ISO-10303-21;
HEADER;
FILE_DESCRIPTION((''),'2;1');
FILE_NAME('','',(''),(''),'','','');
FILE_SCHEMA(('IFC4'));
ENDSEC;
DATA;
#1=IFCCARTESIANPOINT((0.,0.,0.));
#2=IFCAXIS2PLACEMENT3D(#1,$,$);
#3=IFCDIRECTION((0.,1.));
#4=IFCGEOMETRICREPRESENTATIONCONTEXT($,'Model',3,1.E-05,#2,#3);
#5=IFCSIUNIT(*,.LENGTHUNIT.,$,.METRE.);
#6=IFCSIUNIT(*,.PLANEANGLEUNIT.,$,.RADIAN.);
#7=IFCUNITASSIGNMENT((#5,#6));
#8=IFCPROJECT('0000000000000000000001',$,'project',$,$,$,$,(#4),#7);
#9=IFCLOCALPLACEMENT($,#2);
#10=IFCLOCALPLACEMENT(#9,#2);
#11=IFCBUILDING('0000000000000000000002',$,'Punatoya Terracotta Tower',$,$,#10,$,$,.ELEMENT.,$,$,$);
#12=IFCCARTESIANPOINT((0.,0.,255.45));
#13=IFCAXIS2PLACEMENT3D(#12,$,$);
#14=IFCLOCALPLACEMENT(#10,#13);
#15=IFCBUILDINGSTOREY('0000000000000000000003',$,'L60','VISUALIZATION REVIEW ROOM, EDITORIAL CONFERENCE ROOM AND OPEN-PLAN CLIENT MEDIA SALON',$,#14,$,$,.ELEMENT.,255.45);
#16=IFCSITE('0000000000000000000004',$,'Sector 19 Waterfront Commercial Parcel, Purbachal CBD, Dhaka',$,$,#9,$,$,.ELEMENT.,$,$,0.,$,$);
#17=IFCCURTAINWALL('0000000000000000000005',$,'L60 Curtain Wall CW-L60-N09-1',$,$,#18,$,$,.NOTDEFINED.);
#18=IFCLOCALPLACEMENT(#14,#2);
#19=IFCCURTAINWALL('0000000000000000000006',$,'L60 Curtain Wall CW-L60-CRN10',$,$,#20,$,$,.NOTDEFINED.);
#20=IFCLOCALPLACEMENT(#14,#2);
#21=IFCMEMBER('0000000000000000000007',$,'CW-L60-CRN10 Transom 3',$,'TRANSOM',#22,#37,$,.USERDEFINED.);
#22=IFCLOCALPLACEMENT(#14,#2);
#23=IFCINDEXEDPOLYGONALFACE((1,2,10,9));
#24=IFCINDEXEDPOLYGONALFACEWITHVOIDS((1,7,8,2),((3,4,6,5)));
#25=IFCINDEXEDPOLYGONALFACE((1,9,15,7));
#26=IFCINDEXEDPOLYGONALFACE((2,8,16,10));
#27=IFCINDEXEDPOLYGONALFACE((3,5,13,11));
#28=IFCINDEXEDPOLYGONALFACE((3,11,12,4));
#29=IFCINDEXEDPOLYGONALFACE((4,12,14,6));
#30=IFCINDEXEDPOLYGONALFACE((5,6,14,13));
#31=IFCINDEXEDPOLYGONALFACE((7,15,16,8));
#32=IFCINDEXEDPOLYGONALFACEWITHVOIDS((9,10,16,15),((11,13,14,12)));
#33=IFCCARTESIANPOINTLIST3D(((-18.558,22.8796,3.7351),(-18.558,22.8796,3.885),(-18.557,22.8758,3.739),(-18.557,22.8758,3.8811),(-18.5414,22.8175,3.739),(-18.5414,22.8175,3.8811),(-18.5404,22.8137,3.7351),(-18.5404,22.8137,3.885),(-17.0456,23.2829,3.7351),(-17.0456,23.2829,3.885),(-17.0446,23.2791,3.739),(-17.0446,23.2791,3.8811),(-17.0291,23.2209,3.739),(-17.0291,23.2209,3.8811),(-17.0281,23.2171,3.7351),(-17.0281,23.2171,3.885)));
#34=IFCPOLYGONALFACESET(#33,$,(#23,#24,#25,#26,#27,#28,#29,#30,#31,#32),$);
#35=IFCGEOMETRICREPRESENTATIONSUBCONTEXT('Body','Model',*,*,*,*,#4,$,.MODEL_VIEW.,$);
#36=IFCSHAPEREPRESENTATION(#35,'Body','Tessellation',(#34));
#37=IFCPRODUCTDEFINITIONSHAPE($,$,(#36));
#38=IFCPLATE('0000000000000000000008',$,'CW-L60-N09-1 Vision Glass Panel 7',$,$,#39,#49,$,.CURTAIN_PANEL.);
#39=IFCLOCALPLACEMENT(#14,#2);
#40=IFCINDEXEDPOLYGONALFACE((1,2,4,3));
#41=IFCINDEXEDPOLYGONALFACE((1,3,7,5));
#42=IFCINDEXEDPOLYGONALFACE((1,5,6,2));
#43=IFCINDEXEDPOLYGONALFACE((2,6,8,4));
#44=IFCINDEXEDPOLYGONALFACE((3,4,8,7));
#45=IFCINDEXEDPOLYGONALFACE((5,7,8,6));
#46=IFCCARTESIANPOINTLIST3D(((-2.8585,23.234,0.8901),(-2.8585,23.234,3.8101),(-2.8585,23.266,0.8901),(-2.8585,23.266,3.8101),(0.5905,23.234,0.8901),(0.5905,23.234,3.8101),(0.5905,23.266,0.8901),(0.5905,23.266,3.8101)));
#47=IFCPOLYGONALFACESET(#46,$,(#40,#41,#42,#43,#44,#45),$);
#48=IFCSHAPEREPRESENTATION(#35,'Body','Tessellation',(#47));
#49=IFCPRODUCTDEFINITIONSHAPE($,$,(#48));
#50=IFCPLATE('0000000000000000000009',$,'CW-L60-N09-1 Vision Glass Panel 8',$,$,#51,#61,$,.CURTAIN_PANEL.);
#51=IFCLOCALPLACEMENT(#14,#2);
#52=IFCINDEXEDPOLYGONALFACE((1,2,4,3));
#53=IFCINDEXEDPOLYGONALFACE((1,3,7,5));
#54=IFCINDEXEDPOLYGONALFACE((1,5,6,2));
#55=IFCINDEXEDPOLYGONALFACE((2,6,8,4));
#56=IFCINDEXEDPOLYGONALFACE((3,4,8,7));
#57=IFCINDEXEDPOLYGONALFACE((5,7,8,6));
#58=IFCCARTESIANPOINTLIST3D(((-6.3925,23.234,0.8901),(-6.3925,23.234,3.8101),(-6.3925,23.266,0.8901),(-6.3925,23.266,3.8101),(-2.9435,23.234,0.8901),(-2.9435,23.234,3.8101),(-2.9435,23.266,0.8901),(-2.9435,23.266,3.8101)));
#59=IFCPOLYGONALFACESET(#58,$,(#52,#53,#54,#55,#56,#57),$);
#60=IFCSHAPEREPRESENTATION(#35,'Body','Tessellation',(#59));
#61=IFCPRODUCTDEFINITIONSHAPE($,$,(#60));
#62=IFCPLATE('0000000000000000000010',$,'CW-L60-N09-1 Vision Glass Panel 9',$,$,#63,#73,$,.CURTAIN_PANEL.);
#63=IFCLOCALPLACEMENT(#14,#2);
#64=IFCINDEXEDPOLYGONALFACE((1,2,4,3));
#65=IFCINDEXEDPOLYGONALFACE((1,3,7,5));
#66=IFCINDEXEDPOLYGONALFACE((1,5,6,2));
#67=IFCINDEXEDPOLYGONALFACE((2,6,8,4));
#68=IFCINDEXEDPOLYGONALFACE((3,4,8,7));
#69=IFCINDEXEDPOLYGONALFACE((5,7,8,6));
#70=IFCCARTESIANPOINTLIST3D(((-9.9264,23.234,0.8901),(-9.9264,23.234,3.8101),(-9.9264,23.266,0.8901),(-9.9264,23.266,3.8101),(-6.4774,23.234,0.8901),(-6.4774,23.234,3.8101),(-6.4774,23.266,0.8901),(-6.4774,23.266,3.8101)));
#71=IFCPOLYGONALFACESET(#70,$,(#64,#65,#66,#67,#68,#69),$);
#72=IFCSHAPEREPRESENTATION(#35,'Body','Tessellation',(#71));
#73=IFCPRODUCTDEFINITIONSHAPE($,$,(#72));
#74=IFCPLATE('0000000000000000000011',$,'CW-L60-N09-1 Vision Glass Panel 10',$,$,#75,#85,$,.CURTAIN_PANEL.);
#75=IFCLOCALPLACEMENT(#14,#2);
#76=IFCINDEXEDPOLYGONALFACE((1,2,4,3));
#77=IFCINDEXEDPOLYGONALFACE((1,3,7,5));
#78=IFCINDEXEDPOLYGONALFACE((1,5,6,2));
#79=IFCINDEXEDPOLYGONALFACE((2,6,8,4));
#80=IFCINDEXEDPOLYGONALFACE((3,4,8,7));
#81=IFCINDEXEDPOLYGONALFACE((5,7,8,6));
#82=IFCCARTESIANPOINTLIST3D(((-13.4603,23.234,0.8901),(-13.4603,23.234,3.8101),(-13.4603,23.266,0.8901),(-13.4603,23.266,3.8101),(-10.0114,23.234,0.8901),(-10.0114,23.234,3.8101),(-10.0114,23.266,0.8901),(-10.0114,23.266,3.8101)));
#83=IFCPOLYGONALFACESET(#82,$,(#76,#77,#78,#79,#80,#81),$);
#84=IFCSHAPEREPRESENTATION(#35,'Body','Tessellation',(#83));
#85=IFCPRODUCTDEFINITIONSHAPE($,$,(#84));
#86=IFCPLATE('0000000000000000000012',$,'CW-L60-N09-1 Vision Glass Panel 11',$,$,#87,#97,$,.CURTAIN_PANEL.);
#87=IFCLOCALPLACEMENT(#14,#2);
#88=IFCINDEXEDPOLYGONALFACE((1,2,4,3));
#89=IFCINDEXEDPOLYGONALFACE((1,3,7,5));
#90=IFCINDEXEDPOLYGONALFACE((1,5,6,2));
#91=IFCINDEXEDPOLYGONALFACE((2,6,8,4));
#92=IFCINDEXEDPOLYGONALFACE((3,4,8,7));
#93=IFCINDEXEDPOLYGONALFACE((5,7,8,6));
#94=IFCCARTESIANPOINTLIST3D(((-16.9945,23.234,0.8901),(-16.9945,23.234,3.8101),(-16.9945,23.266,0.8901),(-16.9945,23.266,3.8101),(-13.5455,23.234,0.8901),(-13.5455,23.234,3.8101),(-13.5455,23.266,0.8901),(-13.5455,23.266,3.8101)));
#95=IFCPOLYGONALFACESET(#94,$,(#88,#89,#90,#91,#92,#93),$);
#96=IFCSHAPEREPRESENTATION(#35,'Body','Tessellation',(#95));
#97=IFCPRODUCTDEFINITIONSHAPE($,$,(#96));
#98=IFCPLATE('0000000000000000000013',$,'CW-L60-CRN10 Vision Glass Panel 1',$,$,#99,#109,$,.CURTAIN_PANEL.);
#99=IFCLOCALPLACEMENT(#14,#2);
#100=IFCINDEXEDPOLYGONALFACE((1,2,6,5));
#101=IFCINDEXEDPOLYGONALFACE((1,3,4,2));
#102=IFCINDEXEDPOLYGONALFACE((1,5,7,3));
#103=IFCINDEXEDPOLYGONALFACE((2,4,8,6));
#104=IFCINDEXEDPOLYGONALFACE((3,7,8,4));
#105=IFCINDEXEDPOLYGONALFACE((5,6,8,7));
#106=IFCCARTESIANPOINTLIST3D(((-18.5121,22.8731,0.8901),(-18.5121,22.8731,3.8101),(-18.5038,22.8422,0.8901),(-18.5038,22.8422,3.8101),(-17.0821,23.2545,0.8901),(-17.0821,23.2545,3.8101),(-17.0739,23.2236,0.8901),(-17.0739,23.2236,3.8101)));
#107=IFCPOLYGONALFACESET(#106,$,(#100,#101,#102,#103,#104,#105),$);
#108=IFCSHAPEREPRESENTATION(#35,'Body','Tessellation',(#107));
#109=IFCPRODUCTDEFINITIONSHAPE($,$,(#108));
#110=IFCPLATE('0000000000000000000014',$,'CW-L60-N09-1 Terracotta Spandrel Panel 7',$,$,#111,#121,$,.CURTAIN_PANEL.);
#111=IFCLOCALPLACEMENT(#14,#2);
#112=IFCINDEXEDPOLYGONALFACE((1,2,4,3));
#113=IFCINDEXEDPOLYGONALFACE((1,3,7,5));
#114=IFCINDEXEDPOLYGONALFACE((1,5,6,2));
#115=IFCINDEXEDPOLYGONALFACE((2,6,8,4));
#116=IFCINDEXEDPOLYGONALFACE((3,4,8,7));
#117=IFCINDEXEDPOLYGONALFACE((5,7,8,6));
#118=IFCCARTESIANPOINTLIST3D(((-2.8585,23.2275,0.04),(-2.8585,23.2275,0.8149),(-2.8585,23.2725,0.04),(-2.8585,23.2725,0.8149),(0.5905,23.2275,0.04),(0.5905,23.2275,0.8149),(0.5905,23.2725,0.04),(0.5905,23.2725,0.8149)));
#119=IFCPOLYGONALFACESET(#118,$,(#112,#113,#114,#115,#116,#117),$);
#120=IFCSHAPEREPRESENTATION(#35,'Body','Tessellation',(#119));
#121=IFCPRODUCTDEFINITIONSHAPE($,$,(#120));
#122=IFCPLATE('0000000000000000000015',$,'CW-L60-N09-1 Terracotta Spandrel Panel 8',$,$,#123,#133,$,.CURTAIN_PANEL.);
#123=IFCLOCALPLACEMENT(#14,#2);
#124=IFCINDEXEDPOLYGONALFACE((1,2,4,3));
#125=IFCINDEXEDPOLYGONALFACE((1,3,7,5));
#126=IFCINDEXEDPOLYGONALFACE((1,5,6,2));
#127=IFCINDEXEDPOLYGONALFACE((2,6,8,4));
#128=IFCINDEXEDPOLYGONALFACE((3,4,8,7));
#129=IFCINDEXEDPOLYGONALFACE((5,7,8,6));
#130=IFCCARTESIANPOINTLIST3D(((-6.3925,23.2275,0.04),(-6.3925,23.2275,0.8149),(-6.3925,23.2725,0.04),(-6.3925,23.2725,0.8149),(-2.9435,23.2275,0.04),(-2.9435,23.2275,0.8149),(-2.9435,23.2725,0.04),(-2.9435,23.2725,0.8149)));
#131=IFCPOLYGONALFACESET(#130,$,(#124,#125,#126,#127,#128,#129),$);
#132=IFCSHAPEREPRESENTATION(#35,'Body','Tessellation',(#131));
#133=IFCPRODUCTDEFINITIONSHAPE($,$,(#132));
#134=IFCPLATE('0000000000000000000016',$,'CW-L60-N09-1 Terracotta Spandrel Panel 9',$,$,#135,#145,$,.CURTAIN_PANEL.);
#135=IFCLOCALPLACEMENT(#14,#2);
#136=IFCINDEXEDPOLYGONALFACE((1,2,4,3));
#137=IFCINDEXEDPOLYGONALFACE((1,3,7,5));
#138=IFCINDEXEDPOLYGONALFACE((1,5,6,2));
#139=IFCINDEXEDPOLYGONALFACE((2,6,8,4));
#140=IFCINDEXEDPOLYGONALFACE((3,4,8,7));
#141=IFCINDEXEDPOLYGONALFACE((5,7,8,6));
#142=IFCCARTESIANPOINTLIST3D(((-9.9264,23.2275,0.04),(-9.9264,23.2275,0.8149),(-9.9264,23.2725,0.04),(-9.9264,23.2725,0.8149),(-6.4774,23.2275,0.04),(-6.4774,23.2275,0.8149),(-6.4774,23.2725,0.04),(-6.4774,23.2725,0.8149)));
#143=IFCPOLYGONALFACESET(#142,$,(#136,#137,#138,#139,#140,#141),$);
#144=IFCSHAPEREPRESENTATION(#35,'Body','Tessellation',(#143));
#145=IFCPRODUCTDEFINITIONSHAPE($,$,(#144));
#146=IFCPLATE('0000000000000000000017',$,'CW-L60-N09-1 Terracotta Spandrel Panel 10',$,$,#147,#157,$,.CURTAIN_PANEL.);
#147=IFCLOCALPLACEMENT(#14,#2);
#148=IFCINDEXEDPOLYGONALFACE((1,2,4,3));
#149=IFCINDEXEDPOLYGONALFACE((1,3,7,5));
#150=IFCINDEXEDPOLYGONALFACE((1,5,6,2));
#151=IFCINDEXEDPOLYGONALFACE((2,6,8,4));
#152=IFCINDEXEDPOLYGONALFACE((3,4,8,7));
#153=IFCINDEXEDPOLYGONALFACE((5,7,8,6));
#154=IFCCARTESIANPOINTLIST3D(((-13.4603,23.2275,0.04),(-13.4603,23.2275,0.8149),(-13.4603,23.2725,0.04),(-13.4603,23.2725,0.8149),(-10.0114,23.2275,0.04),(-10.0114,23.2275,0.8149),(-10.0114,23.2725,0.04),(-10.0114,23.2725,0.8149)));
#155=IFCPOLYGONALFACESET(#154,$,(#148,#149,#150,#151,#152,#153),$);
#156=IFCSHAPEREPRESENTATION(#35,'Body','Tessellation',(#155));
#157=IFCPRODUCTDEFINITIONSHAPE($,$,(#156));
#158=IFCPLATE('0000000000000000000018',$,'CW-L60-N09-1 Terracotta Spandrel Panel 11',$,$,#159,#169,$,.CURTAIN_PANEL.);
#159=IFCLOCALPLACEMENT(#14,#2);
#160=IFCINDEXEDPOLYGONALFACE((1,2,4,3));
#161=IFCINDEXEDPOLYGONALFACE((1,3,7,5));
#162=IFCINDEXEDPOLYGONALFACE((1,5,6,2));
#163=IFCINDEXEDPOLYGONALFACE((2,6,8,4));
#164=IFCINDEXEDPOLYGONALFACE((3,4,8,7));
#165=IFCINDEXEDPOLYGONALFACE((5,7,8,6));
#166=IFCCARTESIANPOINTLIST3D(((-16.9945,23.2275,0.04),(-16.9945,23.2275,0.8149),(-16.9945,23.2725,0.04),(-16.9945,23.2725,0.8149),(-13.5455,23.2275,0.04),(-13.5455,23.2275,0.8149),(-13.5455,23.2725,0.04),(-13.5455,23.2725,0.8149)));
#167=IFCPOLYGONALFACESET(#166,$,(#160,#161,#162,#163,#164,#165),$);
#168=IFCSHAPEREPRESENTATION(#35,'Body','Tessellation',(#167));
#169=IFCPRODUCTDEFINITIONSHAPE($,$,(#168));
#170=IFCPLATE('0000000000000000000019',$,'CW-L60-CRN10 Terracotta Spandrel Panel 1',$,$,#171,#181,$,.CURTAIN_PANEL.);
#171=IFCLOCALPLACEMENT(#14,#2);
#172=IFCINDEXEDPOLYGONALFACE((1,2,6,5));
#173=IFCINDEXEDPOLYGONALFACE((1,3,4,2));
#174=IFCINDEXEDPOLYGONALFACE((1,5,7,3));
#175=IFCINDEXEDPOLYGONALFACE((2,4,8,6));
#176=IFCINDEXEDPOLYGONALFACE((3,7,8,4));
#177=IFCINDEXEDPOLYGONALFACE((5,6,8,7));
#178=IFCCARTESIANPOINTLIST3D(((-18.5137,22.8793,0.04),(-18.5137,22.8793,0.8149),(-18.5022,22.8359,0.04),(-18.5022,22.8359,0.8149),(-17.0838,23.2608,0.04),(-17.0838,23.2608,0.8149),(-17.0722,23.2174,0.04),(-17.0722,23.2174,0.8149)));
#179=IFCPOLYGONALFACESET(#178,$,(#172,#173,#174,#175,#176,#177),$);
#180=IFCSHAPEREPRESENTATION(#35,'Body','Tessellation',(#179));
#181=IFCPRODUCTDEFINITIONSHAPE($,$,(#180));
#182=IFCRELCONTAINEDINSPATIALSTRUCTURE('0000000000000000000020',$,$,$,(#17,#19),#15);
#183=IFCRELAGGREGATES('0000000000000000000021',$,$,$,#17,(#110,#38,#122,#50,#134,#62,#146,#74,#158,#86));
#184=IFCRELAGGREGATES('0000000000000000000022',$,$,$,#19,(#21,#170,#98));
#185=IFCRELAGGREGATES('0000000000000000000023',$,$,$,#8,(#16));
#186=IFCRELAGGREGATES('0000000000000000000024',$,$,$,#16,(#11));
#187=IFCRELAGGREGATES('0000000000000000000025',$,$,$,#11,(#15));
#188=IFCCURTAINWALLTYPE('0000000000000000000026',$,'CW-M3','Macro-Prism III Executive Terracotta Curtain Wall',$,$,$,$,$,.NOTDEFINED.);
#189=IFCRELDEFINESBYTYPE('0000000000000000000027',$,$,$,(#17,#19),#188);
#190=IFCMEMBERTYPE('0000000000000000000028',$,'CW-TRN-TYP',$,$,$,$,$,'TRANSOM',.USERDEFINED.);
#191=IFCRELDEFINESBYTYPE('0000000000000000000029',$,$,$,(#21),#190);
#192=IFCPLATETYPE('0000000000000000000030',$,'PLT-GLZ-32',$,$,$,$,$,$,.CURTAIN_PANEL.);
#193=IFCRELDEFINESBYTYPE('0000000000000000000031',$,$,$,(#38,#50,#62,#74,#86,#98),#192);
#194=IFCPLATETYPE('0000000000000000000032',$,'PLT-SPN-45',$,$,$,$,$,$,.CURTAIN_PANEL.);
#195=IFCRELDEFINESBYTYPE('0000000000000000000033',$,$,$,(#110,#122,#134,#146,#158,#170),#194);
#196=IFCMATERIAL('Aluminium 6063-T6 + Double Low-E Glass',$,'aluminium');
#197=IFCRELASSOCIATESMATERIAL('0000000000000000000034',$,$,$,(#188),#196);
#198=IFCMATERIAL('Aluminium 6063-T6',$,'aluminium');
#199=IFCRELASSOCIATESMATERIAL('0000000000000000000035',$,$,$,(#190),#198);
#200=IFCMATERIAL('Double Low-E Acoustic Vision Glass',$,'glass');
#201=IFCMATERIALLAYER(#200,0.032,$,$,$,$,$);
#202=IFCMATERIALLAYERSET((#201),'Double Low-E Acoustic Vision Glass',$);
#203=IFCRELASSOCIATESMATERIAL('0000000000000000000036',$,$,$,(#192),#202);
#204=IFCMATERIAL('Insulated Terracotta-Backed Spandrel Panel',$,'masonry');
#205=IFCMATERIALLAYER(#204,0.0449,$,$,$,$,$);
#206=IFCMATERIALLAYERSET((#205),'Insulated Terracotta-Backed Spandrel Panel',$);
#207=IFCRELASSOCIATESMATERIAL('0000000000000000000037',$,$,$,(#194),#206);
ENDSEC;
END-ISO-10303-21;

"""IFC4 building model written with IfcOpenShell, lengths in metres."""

from ifc_helpers import new_model, si_unit, direction, frame, origin, origin_2d, place, context, subcontext, project, spatial, rectangle, hollow_rectangle, extrude, material, layer, layer_set, material_profile, profile_set, type_object, element, aggregate, save


model = new_model("IFC4")

# Units and contexts
model_context = context("Model", 3, precision=1e-05, world=origin(), true_north=direction((0.0, 1.0)))
body_context = subcontext(model_context, "Body", "Model", "MODEL_VIEW")
ifc_project = project(units=[si_unit("LENGTHUNIT", "METRE"), si_unit("PLANEANGLEUNIT", "RADIAN")], contexts=[model_context])

# Site, building, storey
site_placement = place(None, origin())
site = spatial("IfcSite", under=ifc_project, at=site_placement, Name="Sector 19 Waterfront Commercial Parcel, Purbachal CBD, Dhaka", CompositionType="ELEMENT", RefElevation=0.0)
building_placement = place(site_placement, origin())
building = spatial("IfcBuilding", under=site, at=building_placement, Name="Punatoya Terracotta Tower", CompositionType="ELEMENT")
storey_placement = place(building_placement, frame((0.0, 0.0, 255.45)))
storey = spatial("IfcBuildingStorey", under=building, at=storey_placement, Name="L60", Description="VISUALIZATION REVIEW ROOM, EDITORIAL CONFERENCE ROOM AND OPEN-PLAN CLIENT MEDIA SALON", CompositionType="ELEMENT", Elevation=255.45)

# Curtain walls, member
ifc_material_1 = material(Name="Aluminium 6063-T6 + Double Low-E Glass", Category="aluminium")
curtain_wall_type = type_object("IfcCurtainWallType", Name="CW-M3", Description="Macro-Prism III Executive Terracotta Curtain Wall", PredefinedType="NOTDEFINED", material=ifc_material_1)
curtain_wall_1_placement = place(storey_placement, origin())
curtain_wall_1 = element("IfcCurtainWall", 1, at=curtain_wall_1_placement, inside=storey, type_object=curtain_wall_type, Name="L60 Curtain Wall CW-L60-N09-1", PredefinedType="NOTDEFINED")
ifc_material_2 = material(Name="Aluminium 6063-T6", Category="aluminium")
curtain_wall_2_placement = place(storey_placement, origin())
curtain_wall_2 = element("IfcCurtainWall", 2, at=curtain_wall_2_placement, inside=storey, type_object=curtain_wall_type, Name="L60 Curtain Wall CW-L60-CRN10", PredefinedType="NOTDEFINED")
ifc_material_profile_1 = material_profile(ifc_material_2, hollow_rectangle(XDim=0.0681, YDim=0.1499, WallThickness=0.0039, at=origin_2d()))
ifc_profile_set_1 = profile_set([ifc_material_profile_1], Name="Aluminium 6063-T6")
member_type_1 = type_object("IfcMemberType", Name="CW-TRN-TYP", ElementType="TRANSOM", PredefinedType="USERDEFINED", material=ifc_profile_set_1)
member_1_placement = place(storey_placement, frame((-17.0369, 23.25, 3.8101), z_axis=(-0.966225, -0.257701, 0.0), x_axis=(0.257701, -0.966225, 0.0)))
member_1 = element("IfcMember", 3, at=member_1_placement, type_object=member_type_1, Name="CW-L60-CRN10 Transom 3", ObjectType="TRANSOM", PredefinedType="USERDEFINED", context=body_context, shape_type="SweptSolid", body=[
    extrude(hollow_rectangle(XDim=0.0681, YDim=0.1499, WallThickness=0.0039, at=origin_2d()), origin(), (0.0, 0.0, 1.0), 1.5652),
])

# Plates
ifc_material_3 = material(Name="Double Low-E Acoustic Vision Glass", Category="glass")
ifc_layer_1 = layer(ifc_material_3, 0.032)
ifc_layer_set_1 = layer_set([ifc_layer_1], Name="Double Low-E Acoustic Vision Glass")
plate_type_1 = type_object("IfcPlateType", Name="PLT-GLZ-32", PredefinedType="CURTAIN_PANEL", material=ifc_layer_set_1)
plate_1_placement = place(storey_placement, frame((-1.134, 23.25, 0.8901), z_axis=(0.0, 0.0, 1.0), x_axis=(-1.0, 0.0, 0.0)))
plate_1 = element("IfcPlate", 4, at=plate_1_placement, type_object=plate_type_1, Name="CW-L60-N09-1 Vision Glass Panel 7", PredefinedType="CURTAIN_PANEL", context=body_context, shape_type="SweptSolid", body=[
    extrude(rectangle(XDim=3.449, YDim=0.032, at=origin_2d()), origin(), (0.0, 0.0, 1.0), 2.9199),
])
plate_2_placement = place(storey_placement, frame((-4.668, 23.25, 0.8901), z_axis=(0.0, 0.0, 1.0), x_axis=(-1.0, 0.0, 0.0)))
plate_2 = element("IfcPlate", 5, at=plate_2_placement, type_object=plate_type_1, Name="CW-L60-N09-1 Vision Glass Panel 8", PredefinedType="CURTAIN_PANEL", context=body_context, shape_type="SweptSolid", body=[
    extrude(rectangle(XDim=3.449, YDim=0.032, at=origin_2d()), origin(), (0.0, 0.0, 1.0), 2.9199),
])
plate_3_placement = place(storey_placement, frame((-8.2019, 23.25, 0.8901), z_axis=(0.0, 0.0, 1.0), x_axis=(-1.0, 0.0, 0.0)))
plate_3 = element("IfcPlate", 6, at=plate_3_placement, type_object=plate_type_1, Name="CW-L60-N09-1 Vision Glass Panel 9", PredefinedType="CURTAIN_PANEL", context=body_context, shape_type="SweptSolid", body=[
    extrude(rectangle(XDim=3.449, YDim=0.032, at=origin_2d()), origin(), (0.0, 0.0, 1.0), 2.9199),
])
plate_4_placement = place(storey_placement, frame((-11.7358, 23.25, 0.8901), z_axis=(0.0, 0.0, 1.0), x_axis=(-1.0, 0.0, 0.0)))
plate_4 = element("IfcPlate", 7, at=plate_4_placement, type_object=plate_type_1, Name="CW-L60-N09-1 Vision Glass Panel 10", PredefinedType="CURTAIN_PANEL", context=body_context, shape_type="SweptSolid", body=[
    extrude(rectangle(XDim=3.449, YDim=0.032, at=origin_2d()), origin(), (0.0, 0.0, 1.0), 2.9199),
])
plate_5_placement = place(storey_placement, frame((-15.27, 23.25, 0.8901), z_axis=(0.0, 0.0, 1.0), x_axis=(-1.0, 0.0, 0.0)))
plate_5 = element("IfcPlate", 8, at=plate_5_placement, type_object=plate_type_1, Name="CW-L60-N09-1 Vision Glass Panel 11", PredefinedType="CURTAIN_PANEL", context=body_context, shape_type="SweptSolid", body=[
    extrude(rectangle(XDim=3.449, YDim=0.032, at=origin_2d()), origin(), (0.0, 0.0, 1.0), 2.9199),
])
plate_6_placement = place(storey_placement, frame((-17.793, 23.0483, 0.8901), z_axis=(0.0, 0.0, 1.0), x_axis=(-0.966214, -0.257742, 0.0)))
plate_6 = element("IfcPlate", 9, at=plate_6_placement, type_object=plate_type_1, Name="CW-L60-CRN10 Vision Glass Panel 1", PredefinedType="CURTAIN_PANEL", context=body_context, shape_type="SweptSolid", body=[
    extrude(rectangle(XDim=1.48, YDim=0.032, at=origin_2d()), origin(), (0.0, 0.0, 1.0), 2.9199),
])
ifc_material_4 = material(Name="Insulated Terracotta-Backed Spandrel Panel", Category="masonry")
ifc_layer_2 = layer(ifc_material_4, 0.0449)
ifc_layer_set_2 = layer_set([ifc_layer_2], Name="Insulated Terracotta-Backed Spandrel Panel")
plate_type_2 = type_object("IfcPlateType", Name="PLT-SPN-45", PredefinedType="CURTAIN_PANEL", material=ifc_layer_set_2)
plate_7_placement = place(storey_placement, frame((-1.134, 23.25, 0.04), z_axis=(0.0, 0.0, 1.0), x_axis=(-1.0, 0.0, 0.0)))
plate_7 = element("IfcPlate", 10, at=plate_7_placement, type_object=plate_type_2, Name="CW-L60-N09-1 Terracotta Spandrel Panel 7", PredefinedType="CURTAIN_PANEL", context=body_context, shape_type="SweptSolid", body=[
    extrude(rectangle(XDim=3.449, YDim=0.0449, at=origin_2d()), origin(), (0.0, 0.0, 1.0), 0.7749),
])
plate_8_placement = place(storey_placement, frame((-4.668, 23.25, 0.04), z_axis=(0.0, 0.0, 1.0), x_axis=(-1.0, 0.0, 0.0)))
plate_8 = element("IfcPlate", 11, at=plate_8_placement, type_object=plate_type_2, Name="CW-L60-N09-1 Terracotta Spandrel Panel 8", PredefinedType="CURTAIN_PANEL", context=body_context, shape_type="SweptSolid", body=[
    extrude(rectangle(XDim=3.449, YDim=0.0449, at=origin_2d()), origin(), (0.0, 0.0, 1.0), 0.7749),
])
plate_9_placement = place(storey_placement, frame((-8.2019, 23.25, 0.04), z_axis=(0.0, 0.0, 1.0), x_axis=(-1.0, 0.0, 0.0)))
plate_9 = element("IfcPlate", 12, at=plate_9_placement, type_object=plate_type_2, Name="CW-L60-N09-1 Terracotta Spandrel Panel 9", PredefinedType="CURTAIN_PANEL", context=body_context, shape_type="SweptSolid", body=[
    extrude(rectangle(XDim=3.449, YDim=0.0449, at=origin_2d()), origin(), (0.0, 0.0, 1.0), 0.7749),
])
plate_10_placement = place(storey_placement, frame((-11.7358, 23.25, 0.04), z_axis=(0.0, 0.0, 1.0), x_axis=(-1.0, 0.0, 0.0)))
plate_10 = element("IfcPlate", 13, at=plate_10_placement, type_object=plate_type_2, Name="CW-L60-N09-1 Terracotta Spandrel Panel 10", PredefinedType="CURTAIN_PANEL", context=body_context, shape_type="SweptSolid", body=[
    extrude(rectangle(XDim=3.449, YDim=0.0449, at=origin_2d()), origin(), (0.0, 0.0, 1.0), 0.7749),
])
plate_11_placement = place(storey_placement, frame((-15.27, 23.25, 0.04), z_axis=(0.0, 0.0, 1.0), x_axis=(-1.0, 0.0, 0.0)))
plate_11 = element("IfcPlate", 14, at=plate_11_placement, type_object=plate_type_2, Name="CW-L60-N09-1 Terracotta Spandrel Panel 11", PredefinedType="CURTAIN_PANEL", context=body_context, shape_type="SweptSolid", body=[
    extrude(rectangle(XDim=3.449, YDim=0.0449, at=origin_2d()), origin(), (0.0, 0.0, 1.0), 0.7749),
])
aggregate(curtain_wall_1, [plate_7, plate_1, plate_8, plate_2, plate_9, plate_3, plate_10, plate_4, plate_11, plate_5])
plate_12_placement = place(storey_placement, frame((-17.793, 23.0483, 0.04), z_axis=(0.0, 0.0, 1.0), x_axis=(-0.966214, -0.257742, 0.0)))
plate_12 = element("IfcPlate", 15, at=plate_12_placement, type_object=plate_type_2, Name="CW-L60-CRN10 Terracotta Spandrel Panel 1", PredefinedType="CURTAIN_PANEL", context=body_context, shape_type="SweptSolid", body=[
    extrude(rectangle(XDim=1.48, YDim=0.0449, at=origin_2d()), origin(), (0.0, 0.0, 1.0), 0.7749),
])
aggregate(curtain_wall_2, [member_1, plate_12, plate_6])

save(model, "model.ifc")
